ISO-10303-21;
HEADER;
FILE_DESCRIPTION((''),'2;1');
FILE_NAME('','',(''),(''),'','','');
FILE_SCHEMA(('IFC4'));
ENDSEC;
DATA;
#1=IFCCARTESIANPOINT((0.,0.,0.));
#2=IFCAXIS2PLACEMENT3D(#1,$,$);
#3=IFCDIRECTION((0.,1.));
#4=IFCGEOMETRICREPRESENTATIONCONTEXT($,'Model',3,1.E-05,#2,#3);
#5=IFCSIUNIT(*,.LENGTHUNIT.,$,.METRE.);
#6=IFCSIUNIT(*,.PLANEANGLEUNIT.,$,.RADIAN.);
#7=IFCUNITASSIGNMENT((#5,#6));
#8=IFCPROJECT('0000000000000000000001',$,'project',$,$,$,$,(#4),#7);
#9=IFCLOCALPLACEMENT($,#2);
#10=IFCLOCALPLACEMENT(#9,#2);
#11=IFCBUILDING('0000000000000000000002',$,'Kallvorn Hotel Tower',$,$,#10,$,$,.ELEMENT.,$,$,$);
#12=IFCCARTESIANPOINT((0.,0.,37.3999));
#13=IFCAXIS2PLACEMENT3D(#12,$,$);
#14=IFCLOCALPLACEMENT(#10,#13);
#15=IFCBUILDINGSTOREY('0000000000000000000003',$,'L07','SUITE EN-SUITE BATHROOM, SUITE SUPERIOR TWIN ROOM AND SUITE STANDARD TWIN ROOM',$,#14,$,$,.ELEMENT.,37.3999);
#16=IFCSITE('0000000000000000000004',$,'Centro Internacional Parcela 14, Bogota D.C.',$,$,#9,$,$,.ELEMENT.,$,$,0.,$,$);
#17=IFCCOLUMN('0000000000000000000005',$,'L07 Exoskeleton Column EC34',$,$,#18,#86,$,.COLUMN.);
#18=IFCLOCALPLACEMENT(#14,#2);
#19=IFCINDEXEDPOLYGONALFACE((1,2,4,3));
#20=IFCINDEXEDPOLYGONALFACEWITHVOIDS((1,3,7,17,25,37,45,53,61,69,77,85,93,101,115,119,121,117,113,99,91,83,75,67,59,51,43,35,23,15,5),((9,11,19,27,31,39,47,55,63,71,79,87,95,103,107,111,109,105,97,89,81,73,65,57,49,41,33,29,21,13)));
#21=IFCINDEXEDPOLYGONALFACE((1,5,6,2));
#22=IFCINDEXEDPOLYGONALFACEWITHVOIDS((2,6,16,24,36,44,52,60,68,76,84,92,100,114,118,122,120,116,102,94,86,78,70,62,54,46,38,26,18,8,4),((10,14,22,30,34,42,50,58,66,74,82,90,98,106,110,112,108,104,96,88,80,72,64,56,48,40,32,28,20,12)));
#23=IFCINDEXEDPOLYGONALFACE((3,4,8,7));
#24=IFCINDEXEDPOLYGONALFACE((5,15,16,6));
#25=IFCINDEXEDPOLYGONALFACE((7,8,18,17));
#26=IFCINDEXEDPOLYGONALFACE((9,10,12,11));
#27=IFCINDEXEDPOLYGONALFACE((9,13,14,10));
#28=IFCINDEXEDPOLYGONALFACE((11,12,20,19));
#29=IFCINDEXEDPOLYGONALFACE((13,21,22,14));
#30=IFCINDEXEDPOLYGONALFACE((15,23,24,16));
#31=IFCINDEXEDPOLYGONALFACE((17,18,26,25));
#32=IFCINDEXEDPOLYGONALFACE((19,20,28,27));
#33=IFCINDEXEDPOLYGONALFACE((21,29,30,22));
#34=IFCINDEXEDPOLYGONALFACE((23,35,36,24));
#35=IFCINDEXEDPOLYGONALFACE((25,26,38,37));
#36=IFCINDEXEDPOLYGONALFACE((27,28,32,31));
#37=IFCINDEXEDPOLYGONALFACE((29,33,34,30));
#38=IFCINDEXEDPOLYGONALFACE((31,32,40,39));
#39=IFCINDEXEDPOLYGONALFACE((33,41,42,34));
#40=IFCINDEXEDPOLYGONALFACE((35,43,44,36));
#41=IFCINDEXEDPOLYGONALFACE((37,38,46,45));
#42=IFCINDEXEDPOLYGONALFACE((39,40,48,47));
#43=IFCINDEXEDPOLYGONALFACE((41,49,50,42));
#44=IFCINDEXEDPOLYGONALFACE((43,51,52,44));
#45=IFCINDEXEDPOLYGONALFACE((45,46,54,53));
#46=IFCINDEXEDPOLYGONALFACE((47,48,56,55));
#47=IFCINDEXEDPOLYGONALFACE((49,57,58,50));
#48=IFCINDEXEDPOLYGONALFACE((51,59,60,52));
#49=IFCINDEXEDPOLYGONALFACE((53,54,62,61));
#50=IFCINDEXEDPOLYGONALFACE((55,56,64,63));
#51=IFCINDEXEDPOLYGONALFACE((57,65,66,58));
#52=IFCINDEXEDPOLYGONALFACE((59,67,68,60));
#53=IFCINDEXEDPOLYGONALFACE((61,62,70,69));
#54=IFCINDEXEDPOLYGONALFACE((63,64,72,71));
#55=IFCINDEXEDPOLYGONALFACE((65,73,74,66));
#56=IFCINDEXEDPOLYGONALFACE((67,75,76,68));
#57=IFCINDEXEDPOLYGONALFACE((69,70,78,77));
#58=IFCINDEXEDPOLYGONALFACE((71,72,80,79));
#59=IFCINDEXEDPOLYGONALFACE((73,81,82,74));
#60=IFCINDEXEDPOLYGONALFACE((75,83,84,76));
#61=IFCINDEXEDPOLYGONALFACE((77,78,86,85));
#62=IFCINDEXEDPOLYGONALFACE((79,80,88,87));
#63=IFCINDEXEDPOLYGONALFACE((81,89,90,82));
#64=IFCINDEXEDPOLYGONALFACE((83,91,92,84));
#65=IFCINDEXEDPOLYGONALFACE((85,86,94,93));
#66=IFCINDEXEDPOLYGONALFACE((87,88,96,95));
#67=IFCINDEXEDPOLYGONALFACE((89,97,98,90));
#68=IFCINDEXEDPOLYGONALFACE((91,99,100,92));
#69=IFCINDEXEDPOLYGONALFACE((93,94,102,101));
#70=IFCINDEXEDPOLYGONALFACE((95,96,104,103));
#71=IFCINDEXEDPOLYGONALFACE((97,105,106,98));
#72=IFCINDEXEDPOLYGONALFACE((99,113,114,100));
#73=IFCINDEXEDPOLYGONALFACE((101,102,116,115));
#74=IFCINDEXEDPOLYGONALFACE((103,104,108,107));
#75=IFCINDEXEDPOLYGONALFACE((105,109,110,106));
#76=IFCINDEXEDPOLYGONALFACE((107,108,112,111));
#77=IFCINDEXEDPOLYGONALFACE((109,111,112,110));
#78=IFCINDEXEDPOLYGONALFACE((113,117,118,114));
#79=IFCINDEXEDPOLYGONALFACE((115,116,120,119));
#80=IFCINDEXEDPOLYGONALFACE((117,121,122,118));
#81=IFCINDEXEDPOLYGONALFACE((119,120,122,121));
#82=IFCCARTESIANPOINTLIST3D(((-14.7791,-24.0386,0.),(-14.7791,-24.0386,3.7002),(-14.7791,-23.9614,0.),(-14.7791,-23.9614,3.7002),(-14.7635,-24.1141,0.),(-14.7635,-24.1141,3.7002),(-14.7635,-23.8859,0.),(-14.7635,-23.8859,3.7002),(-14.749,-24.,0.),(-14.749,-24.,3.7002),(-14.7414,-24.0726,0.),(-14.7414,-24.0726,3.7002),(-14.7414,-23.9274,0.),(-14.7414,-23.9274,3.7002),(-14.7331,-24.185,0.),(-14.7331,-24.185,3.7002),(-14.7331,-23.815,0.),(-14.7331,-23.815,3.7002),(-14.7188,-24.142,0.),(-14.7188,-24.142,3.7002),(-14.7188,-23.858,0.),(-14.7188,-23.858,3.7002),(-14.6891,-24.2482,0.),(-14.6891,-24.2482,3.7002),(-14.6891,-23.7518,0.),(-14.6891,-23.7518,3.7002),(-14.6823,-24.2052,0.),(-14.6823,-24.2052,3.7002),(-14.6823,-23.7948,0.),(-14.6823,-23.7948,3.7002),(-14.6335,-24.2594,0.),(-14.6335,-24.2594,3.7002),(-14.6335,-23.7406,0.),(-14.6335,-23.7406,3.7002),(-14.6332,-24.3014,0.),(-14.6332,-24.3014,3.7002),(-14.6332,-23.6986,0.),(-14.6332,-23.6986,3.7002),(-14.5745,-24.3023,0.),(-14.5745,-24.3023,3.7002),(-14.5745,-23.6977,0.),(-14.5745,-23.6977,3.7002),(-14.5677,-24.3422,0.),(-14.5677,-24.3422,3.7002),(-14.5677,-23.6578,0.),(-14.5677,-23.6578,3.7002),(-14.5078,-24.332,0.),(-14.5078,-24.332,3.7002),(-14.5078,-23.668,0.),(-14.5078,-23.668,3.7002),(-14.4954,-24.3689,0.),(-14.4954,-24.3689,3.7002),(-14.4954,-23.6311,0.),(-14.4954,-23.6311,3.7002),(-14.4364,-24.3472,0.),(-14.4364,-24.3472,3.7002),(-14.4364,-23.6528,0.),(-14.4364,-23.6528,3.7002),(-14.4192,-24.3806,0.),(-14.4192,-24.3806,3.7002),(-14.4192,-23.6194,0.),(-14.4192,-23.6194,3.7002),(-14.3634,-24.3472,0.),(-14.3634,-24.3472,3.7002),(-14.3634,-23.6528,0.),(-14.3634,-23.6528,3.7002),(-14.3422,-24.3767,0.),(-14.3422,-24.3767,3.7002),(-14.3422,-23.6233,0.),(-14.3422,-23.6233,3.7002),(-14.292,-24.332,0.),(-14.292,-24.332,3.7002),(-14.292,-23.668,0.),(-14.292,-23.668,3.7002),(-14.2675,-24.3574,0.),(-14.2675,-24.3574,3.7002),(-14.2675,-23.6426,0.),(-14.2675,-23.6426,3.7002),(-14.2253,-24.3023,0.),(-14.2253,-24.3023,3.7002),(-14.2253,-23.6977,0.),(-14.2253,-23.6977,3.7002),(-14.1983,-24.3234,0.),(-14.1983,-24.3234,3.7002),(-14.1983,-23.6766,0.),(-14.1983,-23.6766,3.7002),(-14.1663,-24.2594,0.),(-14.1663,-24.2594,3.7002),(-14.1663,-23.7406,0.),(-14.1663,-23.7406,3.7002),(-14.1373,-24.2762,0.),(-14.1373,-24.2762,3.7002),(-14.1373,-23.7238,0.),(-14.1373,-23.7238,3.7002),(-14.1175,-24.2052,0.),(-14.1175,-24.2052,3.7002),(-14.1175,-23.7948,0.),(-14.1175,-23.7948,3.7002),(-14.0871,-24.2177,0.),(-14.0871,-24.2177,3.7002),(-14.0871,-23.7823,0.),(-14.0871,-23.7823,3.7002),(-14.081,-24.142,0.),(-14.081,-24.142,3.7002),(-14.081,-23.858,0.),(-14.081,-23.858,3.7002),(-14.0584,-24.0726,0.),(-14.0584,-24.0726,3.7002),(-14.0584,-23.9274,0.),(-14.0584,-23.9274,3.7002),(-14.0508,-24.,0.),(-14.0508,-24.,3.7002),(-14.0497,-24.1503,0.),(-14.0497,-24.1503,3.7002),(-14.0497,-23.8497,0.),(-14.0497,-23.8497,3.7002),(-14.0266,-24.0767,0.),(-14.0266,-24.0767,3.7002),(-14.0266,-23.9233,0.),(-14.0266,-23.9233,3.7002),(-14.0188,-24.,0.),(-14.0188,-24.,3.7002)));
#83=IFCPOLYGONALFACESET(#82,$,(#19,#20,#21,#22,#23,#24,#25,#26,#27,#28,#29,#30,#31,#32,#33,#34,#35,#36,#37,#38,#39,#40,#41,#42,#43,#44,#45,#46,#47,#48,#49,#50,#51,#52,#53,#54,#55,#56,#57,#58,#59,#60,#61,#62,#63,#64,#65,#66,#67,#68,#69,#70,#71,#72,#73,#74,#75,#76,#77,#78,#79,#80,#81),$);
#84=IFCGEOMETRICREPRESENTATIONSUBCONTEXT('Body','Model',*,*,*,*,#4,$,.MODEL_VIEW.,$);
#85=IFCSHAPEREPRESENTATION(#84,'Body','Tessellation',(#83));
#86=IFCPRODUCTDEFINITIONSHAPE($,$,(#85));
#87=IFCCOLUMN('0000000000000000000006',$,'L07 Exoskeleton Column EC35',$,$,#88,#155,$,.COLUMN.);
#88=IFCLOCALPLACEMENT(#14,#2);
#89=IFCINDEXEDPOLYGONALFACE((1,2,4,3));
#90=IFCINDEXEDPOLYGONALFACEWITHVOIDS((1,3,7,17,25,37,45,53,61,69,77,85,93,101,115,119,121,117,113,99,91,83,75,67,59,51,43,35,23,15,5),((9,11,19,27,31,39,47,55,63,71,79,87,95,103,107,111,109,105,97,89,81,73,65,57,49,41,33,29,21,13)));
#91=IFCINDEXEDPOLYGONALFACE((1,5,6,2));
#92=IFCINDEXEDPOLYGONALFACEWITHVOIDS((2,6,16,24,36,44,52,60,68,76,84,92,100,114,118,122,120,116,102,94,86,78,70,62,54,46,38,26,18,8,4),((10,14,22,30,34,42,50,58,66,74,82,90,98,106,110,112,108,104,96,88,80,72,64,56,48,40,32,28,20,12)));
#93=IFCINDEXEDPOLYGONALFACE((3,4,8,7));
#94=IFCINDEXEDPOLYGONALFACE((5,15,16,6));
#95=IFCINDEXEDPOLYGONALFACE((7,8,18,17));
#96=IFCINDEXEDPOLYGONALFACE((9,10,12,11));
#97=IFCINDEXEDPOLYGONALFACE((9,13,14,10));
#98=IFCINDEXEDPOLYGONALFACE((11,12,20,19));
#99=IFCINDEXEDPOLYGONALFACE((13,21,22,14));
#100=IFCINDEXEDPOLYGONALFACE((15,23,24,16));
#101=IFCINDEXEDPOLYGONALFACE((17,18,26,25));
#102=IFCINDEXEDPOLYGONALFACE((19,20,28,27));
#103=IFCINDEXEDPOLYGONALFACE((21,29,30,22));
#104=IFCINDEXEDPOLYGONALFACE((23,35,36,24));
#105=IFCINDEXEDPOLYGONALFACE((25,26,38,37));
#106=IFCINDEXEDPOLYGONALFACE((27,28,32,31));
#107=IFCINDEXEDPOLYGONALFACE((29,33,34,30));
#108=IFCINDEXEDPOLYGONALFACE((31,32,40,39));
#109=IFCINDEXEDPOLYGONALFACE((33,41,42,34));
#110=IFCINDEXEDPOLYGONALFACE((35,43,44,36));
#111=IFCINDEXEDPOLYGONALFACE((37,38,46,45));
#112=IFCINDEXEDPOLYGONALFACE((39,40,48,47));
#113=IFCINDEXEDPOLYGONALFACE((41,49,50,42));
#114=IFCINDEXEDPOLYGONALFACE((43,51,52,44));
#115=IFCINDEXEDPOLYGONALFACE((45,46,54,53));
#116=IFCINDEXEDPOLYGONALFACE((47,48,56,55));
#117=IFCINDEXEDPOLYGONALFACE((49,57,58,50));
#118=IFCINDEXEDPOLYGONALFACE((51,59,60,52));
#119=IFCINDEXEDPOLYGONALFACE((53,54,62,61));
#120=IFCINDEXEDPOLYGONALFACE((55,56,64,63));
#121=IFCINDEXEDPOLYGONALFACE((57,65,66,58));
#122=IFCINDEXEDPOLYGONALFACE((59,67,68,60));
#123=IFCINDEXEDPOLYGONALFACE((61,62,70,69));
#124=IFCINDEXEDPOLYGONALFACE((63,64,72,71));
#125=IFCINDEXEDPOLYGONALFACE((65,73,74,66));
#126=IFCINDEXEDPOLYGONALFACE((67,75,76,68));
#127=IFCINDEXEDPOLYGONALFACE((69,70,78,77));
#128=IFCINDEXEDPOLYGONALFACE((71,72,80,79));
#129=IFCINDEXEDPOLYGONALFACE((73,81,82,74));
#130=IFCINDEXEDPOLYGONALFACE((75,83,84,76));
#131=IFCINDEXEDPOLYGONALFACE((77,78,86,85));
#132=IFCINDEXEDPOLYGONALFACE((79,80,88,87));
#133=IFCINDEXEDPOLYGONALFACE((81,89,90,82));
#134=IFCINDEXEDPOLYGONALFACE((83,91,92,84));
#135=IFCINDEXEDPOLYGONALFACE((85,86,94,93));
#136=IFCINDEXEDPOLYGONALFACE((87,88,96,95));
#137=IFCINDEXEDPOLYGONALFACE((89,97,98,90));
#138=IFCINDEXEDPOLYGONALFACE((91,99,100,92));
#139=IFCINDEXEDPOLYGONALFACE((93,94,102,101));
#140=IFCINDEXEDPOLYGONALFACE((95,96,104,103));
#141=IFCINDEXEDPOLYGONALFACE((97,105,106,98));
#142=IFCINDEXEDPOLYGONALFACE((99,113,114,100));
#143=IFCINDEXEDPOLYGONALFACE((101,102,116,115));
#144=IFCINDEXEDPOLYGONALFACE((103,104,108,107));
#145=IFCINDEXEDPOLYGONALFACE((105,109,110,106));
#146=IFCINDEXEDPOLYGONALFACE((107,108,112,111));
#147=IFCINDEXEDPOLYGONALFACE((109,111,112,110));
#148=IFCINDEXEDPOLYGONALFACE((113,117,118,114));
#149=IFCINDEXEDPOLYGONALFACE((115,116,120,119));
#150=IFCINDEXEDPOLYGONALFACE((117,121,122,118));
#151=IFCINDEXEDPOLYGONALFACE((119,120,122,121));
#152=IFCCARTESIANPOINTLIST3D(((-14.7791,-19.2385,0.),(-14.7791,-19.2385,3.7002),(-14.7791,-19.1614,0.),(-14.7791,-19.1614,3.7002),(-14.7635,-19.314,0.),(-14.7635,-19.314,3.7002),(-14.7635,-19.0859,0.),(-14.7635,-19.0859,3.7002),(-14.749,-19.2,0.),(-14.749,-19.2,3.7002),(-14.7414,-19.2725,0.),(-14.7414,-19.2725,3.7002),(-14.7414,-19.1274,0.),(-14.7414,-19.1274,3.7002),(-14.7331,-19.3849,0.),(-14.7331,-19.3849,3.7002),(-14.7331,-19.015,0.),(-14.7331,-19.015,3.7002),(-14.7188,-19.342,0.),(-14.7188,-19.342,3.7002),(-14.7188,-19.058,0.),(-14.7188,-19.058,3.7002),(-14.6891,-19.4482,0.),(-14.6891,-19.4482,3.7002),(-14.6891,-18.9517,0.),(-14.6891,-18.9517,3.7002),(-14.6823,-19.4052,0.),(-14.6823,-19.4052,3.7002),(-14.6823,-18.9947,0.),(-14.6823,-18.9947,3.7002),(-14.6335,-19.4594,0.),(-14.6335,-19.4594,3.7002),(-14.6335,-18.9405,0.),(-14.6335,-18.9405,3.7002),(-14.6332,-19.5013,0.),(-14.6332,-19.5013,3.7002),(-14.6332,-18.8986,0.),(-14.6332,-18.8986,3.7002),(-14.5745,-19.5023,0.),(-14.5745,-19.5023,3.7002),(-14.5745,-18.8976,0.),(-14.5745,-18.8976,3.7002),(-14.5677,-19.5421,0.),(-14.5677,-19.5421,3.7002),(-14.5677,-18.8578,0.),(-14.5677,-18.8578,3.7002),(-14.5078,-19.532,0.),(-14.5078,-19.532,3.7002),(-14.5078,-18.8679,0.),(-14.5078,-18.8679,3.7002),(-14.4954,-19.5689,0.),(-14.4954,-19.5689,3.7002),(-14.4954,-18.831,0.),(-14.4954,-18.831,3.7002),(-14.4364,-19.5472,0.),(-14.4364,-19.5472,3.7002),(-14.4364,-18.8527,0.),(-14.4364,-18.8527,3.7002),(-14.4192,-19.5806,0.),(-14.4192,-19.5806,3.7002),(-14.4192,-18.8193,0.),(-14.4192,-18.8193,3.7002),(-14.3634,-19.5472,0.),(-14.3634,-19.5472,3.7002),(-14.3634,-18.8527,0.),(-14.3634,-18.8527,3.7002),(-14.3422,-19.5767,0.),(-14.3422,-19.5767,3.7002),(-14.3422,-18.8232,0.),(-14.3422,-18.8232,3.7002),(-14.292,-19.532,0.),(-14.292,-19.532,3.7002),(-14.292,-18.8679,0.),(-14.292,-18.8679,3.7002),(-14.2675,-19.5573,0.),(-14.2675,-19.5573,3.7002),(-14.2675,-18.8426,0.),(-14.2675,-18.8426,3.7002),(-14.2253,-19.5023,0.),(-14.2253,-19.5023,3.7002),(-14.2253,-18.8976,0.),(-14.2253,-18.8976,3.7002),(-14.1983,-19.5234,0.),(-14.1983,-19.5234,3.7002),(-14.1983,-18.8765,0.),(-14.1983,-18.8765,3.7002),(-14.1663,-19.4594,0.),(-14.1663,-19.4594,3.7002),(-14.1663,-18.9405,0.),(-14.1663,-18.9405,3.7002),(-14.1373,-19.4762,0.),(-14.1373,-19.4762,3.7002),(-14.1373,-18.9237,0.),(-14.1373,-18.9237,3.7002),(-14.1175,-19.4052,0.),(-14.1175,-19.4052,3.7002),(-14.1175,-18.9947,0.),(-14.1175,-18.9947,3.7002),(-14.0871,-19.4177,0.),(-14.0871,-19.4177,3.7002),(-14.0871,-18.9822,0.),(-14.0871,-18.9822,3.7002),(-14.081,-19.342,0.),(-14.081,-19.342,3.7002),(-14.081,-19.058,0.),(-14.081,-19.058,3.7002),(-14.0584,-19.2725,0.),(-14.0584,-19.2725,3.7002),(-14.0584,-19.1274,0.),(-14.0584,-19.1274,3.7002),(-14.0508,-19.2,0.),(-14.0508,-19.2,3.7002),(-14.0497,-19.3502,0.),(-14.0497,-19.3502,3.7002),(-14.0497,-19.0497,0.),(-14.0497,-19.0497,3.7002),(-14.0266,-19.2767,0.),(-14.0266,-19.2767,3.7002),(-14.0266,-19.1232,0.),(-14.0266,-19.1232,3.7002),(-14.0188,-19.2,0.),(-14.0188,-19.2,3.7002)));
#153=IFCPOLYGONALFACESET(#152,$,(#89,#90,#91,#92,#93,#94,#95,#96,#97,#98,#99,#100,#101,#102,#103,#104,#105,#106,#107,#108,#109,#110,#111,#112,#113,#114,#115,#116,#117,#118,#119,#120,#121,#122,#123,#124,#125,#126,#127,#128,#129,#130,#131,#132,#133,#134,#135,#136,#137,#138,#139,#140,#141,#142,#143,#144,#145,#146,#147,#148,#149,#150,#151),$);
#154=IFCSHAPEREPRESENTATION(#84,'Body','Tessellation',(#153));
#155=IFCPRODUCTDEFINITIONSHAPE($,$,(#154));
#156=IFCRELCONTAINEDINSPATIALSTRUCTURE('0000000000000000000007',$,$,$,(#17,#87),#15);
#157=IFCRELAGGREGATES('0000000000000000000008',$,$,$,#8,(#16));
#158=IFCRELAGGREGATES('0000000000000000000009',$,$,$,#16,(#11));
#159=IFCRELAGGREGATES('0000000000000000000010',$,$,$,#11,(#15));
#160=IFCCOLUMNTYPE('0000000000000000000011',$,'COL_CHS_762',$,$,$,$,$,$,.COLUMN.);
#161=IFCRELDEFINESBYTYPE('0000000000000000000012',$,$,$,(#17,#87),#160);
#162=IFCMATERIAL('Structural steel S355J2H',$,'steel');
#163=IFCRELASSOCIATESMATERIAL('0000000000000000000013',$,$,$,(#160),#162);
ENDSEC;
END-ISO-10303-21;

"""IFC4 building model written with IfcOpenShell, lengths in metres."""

from ifc_helpers import new_model, si_unit, direction, frame, origin, origin_2d, place, context, subcontext, project, spatial, hollow_circle, extrude, material, material_profile, profile_set, type_object, element, save


model = new_model("IFC4")

# Units and contexts
model_context = context("Model", 3, precision=1e-05, world=origin(), true_north=direction((0.0, 1.0)))
body_context = subcontext(model_context, "Body", "Model", "MODEL_VIEW")
ifc_project = project(units=[si_unit("LENGTHUNIT", "METRE"), si_unit("PLANEANGLEUNIT", "RADIAN")], contexts=[model_context])

# Site, building, storey
site_placement = place(None, origin())
site = spatial("IfcSite", under=ifc_project, at=site_placement, Name="Centro Internacional Parcela 14, Bogota D.C.", CompositionType="ELEMENT", RefElevation=0.0)
building_placement = place(site_placement, origin())
building = spatial("IfcBuilding", under=site, at=building_placement, Name="Kallvorn Hotel Tower", CompositionType="ELEMENT")
storey_placement = place(building_placement, frame((0.0, 0.0, 37.3999)))
storey = spatial("IfcBuildingStorey", under=building, at=storey_placement, Name="L07", Description="SUITE EN-SUITE BATHROOM, SUITE SUPERIOR TWIN ROOM AND SUITE STANDARD TWIN ROOM", CompositionType="ELEMENT", Elevation=37.3999)

# Columns
ifc_material_1 = material(Name="Structural steel S355J2H", Category="steel")
ifc_material_profile_1 = material_profile(ifc_material_1, hollow_circle(Radius=0.3811, WallThickness=0.032, at=origin_2d()), Name="CHS 762x32")
ifc_profile_set_1 = profile_set([ifc_material_profile_1], Name="Structural steel S355J2H")
column_type_1 = type_object("IfcColumnType", Name="COL_CHS_762", PredefinedType="COLUMN", material=ifc_profile_set_1)
for number, where, z_axis, x_axis, name in (
    (1, (-14.3999, -24.0, 0.0), (0.0, 0.0, 1.0), (1.0, 0.0, 0.0), "L07 Exoskeleton Column EC34"),
    (2, (-14.3999, -19.2, 0.0), (0.0, 0.0, 1.0), (1.0, 0.0, 0.0), "L07 Exoskeleton Column EC35"),
):
    element("IfcColumn", number, at=place(storey_placement, frame(where, z_axis=z_axis, x_axis=x_axis)), inside=storey, type_object=column_type_1, Name=name, PredefinedType="COLUMN", context=body_context, shape_type="SweptSolid", body=[
        extrude(hollow_circle(Radius=0.3811, WallThickness=0.032, at=origin_2d()), origin(), (0.0, 0.0, 1.0), 3.7002),
    ])

save(model, "model.ifc")
